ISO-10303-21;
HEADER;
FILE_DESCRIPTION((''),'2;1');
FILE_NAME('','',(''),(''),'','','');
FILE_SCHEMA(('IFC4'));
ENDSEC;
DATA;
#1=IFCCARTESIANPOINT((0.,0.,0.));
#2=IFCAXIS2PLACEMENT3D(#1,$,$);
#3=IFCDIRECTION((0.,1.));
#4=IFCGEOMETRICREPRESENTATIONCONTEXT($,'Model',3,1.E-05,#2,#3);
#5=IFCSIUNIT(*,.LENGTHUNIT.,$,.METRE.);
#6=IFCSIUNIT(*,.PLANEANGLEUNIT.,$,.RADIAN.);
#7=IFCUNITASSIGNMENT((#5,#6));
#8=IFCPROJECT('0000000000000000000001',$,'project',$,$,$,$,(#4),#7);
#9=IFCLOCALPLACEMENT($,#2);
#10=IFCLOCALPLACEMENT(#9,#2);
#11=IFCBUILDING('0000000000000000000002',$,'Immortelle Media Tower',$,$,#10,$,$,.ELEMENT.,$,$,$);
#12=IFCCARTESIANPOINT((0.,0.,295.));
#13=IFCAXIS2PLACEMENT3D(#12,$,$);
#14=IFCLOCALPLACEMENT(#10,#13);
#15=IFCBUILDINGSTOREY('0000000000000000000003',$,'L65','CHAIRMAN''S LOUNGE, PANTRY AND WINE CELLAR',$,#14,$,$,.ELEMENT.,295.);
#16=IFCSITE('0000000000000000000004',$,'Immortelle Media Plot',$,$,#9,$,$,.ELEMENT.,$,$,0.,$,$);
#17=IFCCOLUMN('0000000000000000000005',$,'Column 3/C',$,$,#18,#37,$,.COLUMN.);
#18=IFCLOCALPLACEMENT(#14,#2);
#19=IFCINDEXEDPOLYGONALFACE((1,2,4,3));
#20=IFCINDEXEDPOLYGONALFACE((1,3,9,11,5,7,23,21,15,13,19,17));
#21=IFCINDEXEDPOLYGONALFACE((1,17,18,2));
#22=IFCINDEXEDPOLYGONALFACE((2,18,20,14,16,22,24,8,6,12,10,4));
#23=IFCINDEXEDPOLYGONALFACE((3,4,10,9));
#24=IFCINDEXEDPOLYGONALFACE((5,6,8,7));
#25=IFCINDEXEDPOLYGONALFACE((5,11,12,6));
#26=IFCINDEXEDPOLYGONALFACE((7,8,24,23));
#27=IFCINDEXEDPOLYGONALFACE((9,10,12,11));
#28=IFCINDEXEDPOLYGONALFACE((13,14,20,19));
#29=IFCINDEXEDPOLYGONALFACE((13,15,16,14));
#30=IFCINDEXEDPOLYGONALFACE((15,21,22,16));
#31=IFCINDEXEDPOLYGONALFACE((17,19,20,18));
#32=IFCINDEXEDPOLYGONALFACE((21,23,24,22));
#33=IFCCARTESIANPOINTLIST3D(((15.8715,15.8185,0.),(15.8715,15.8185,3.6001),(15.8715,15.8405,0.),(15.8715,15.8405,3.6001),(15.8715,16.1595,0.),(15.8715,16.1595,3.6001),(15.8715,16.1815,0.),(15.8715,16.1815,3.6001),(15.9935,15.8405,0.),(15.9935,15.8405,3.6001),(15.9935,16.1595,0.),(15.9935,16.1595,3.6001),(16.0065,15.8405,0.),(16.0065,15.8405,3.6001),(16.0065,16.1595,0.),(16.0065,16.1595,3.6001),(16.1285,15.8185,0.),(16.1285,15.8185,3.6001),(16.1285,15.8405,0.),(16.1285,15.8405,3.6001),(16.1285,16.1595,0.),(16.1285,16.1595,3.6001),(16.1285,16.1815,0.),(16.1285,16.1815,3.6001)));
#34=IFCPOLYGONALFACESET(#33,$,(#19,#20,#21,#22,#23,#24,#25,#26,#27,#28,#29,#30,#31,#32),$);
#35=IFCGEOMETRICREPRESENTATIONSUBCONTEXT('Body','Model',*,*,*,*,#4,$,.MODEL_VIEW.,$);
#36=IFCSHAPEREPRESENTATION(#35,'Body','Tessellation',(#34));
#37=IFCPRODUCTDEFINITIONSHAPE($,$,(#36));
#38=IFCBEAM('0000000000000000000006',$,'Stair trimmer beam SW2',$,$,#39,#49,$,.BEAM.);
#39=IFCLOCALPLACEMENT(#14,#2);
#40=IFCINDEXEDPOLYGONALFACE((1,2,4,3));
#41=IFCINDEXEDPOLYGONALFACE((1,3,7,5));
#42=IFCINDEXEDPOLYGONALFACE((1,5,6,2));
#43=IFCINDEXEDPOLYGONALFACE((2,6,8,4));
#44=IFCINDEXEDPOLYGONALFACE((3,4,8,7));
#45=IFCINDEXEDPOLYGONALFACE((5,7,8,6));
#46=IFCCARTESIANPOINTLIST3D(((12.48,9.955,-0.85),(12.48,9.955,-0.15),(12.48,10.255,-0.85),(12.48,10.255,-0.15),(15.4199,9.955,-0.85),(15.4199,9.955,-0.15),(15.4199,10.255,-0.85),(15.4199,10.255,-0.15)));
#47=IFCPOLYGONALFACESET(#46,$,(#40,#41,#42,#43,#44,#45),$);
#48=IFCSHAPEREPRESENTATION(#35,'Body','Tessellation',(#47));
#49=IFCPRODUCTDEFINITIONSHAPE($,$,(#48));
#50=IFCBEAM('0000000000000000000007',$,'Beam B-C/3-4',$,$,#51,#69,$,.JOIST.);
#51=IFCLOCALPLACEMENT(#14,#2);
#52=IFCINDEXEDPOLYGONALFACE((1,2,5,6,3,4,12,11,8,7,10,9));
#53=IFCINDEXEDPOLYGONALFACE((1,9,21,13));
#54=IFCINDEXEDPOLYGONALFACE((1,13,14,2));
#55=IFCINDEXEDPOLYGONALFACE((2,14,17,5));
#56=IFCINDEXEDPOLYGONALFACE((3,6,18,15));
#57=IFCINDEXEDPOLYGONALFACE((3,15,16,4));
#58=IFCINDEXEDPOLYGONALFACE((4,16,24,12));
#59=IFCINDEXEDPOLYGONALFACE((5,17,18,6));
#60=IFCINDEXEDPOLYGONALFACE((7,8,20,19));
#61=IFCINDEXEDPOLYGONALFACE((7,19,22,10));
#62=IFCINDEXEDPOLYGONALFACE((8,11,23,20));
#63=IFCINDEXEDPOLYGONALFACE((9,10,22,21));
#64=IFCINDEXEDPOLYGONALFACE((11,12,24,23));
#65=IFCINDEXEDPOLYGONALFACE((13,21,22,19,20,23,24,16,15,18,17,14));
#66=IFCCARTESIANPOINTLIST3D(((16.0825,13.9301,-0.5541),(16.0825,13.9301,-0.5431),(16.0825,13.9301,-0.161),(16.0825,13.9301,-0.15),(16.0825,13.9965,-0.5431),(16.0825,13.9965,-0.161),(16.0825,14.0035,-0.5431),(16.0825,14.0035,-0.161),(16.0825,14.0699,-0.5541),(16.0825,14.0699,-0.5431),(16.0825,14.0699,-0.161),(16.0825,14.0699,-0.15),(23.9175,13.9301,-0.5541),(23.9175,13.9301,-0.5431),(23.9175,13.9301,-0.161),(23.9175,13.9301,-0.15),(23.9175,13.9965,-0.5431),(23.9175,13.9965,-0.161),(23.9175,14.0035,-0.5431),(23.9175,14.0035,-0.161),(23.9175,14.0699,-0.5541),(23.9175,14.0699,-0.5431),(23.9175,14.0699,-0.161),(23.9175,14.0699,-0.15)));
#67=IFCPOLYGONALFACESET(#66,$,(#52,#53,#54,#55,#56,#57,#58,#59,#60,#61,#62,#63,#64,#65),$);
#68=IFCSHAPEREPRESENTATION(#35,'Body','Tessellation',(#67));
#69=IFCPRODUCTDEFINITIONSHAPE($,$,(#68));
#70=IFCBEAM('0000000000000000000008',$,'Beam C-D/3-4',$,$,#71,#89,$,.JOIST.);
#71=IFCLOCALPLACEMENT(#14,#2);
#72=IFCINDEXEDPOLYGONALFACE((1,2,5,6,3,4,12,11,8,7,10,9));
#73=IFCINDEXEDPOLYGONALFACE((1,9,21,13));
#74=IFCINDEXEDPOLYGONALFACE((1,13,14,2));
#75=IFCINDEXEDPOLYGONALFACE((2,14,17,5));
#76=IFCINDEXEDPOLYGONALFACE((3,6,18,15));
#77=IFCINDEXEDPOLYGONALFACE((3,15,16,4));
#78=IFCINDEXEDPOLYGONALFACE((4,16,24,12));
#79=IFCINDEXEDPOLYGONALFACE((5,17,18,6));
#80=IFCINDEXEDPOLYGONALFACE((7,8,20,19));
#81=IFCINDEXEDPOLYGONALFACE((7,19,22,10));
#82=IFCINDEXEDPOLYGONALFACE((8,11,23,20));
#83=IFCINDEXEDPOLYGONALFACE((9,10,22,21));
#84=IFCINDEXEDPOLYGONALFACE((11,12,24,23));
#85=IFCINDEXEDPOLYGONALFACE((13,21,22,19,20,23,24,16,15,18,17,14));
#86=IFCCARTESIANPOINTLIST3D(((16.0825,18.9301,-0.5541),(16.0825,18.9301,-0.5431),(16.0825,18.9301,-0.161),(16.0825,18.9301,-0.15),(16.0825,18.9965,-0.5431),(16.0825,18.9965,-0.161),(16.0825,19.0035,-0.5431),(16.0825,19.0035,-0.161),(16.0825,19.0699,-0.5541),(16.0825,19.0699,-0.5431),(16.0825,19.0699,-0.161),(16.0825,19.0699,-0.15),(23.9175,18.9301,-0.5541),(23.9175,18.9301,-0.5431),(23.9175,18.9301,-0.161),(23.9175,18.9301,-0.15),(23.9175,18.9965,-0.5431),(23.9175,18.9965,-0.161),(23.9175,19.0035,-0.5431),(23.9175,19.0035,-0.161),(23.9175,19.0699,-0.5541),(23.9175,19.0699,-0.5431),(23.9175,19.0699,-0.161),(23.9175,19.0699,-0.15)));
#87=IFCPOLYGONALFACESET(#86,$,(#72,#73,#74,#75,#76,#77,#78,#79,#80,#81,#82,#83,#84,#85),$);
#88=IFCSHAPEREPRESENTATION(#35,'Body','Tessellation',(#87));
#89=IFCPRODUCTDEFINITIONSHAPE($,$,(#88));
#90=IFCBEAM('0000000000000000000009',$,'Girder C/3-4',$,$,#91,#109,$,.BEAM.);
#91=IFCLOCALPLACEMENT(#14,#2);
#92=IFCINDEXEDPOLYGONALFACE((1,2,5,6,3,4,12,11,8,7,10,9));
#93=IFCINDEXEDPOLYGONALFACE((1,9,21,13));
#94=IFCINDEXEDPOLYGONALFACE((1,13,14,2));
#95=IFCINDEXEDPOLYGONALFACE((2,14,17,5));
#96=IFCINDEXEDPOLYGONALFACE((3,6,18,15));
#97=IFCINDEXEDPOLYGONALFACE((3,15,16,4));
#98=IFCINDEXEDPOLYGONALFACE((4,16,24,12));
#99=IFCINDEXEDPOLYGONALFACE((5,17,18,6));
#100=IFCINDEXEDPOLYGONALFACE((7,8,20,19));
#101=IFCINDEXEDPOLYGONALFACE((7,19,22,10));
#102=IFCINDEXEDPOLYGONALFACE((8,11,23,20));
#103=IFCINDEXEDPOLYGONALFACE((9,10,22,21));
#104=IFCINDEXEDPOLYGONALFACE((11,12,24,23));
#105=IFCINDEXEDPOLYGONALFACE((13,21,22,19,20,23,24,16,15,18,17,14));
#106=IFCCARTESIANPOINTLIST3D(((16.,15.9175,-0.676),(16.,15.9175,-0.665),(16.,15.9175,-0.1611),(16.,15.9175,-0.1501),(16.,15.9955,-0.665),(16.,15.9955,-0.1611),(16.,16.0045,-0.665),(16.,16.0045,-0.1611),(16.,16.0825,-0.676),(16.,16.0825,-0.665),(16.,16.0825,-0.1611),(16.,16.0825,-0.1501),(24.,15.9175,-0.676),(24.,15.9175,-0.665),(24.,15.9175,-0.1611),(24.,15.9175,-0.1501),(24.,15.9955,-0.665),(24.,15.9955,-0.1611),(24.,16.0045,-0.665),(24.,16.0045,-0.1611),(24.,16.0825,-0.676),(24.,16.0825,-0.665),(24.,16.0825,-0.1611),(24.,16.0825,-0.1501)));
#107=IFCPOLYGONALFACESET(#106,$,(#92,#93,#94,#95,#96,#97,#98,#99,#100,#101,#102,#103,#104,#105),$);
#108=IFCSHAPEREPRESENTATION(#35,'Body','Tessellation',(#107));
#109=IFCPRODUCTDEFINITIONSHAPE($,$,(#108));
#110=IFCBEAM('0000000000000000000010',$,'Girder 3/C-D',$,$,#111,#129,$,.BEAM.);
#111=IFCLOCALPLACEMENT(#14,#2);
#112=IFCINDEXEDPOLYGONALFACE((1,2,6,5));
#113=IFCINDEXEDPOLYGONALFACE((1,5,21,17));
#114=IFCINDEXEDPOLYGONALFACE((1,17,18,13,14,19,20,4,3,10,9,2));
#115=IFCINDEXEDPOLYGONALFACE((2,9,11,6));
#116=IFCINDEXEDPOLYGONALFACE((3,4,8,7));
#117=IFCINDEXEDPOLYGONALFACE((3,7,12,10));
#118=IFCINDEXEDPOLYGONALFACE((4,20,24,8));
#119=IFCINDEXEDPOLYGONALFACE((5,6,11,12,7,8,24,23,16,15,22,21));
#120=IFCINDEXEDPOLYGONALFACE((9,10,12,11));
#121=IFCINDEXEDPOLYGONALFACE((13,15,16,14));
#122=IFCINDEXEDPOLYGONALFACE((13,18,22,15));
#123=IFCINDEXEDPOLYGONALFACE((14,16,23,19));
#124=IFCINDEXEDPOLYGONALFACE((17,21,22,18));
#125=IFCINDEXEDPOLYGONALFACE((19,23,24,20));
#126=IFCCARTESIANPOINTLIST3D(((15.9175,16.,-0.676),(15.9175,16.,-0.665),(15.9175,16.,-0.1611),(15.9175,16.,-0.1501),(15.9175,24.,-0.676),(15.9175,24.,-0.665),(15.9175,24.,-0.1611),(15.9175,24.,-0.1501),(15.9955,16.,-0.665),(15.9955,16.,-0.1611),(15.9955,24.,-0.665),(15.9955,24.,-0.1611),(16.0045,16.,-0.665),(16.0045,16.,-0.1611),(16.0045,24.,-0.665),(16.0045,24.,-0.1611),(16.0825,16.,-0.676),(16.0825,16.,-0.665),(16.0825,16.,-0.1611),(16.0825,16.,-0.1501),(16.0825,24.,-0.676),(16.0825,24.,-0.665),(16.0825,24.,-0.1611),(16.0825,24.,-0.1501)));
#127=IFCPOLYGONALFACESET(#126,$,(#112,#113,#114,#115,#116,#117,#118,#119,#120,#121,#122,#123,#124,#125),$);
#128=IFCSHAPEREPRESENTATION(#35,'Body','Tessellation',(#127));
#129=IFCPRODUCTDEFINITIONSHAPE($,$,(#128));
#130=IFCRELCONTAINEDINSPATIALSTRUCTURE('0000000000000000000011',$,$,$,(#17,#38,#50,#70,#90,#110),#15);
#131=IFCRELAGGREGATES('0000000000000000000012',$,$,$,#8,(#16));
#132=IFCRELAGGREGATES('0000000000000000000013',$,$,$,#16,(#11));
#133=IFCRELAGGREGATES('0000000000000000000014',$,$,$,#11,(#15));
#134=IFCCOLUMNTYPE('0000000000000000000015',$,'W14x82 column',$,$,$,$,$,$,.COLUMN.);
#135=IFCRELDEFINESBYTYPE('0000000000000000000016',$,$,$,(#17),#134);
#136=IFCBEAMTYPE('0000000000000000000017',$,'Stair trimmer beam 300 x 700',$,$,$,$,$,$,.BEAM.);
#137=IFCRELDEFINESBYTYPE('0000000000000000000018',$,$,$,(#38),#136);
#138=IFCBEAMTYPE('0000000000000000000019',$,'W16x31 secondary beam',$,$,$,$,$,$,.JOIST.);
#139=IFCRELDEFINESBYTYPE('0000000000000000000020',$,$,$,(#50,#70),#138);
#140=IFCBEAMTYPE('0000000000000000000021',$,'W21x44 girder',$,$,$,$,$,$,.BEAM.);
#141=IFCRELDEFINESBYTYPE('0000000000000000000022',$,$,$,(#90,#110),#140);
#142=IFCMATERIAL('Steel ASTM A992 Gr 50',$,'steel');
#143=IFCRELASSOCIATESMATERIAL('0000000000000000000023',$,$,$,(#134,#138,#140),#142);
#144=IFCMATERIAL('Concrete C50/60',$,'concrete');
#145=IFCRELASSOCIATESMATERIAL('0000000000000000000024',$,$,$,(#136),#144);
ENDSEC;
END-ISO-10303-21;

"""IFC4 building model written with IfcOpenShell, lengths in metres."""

from ifc_helpers import new_model, si_unit, direction, frame, origin, origin_2d, place, context, subcontext, project, spatial, rectangle, i_section, extrude, material, material_profile, profile_set, type_object, element, save


model = new_model("IFC4")

# Units and contexts
model_context = context("Model", 3, precision=1e-05, world=origin(), true_north=direction((0.0, 1.0)))
body_context = subcontext(model_context, "Body", "Model", "MODEL_VIEW")
ifc_project = project(units=[si_unit("LENGTHUNIT", "METRE"), si_unit("PLANEANGLEUNIT", "RADIAN")], contexts=[model_context])

# Site, building, storey
site_placement = place(None, origin())
site = spatial("IfcSite", under=ifc_project, at=site_placement, Name="Immortelle Media Plot", CompositionType="ELEMENT", RefElevation=0.0)
building_placement = place(site_placement, origin())
building = spatial("IfcBuilding", under=site, at=building_placement, Name="Immortelle Media Tower", CompositionType="ELEMENT")
storey_placement = place(building_placement, frame((0.0, 0.0, 295.0)))
storey = spatial("IfcBuildingStorey", under=building, at=storey_placement, Name="L65", Description="CHAIRMAN'S LOUNGE, PANTRY AND WINE CELLAR", CompositionType="ELEMENT", Elevation=295.0)

# Column
ifc_material_1 = material(Name="Steel ASTM A992 Gr 50", Category="steel")
ifc_material_profile_1 = material_profile(ifc_material_1, i_section(OverallWidth=0.2571, OverallDepth=0.363, WebThickness=0.0129, FlangeThickness=0.022, at=origin_2d()), Name="W14x82")
ifc_profile_set_1 = profile_set([ifc_material_profile_1], Name="Steel ASTM A992 Gr 50")
column_type = type_object("IfcColumnType", Name="W14x82 column", PredefinedType="COLUMN", material=ifc_profile_set_1)
column_placement = place(storey_placement, frame((16.0, 16.0, 0.0), z_axis=(0.0, 0.0, 1.0), x_axis=(1.0, 0.0, 0.0)))
element("IfcColumn", 1, at=column_placement, inside=storey, type_object=column_type, Name="Column 3/C", PredefinedType="COLUMN", context=body_context, shape_type="SweptSolid", body=[
    extrude(i_section(OverallWidth=0.2571, OverallDepth=0.363, WebThickness=0.0129, FlangeThickness=0.022, at=origin_2d()), origin(), (0.0, 0.0, 1.0), 3.6001),
])

# Beams
ifc_material_2 = material(Name="Concrete C50/60", Category="concrete")
ifc_material_profile_2 = material_profile(ifc_material_2, rectangle(XDim=0.3, YDim=0.7, at=origin_2d()), Name="RC 300x700")
ifc_profile_set_2 = profile_set([ifc_material_profile_2], Name="Concrete C50/60")
beam_type_1 = type_object("IfcBeamType", Name="Stair trimmer beam 300 x 700", PredefinedType="BEAM", material=ifc_profile_set_2)
beam_placement = place(storey_placement, frame((12.48, 10.105, -0.5), z_axis=(1.0, 0.0, 0.0), x_axis=(0.0, 1.0, 0.0)))
element("IfcBeam", 2, at=beam_placement, inside=storey, type_object=beam_type_1, Name="Stair trimmer beam SW2", PredefinedType="BEAM", context=body_context, shape_type="SweptSolid", body=[
    extrude(rectangle(XDim=0.3, YDim=0.7, at=origin_2d()), origin(), (0.0, 0.0, 1.0), 2.9399),
])
ifc_material_profile_3 = material_profile(ifc_material_1, i_section(OverallWidth=0.1399, OverallDepth=0.4041, WebThickness=0.0071, FlangeThickness=0.011, at=origin_2d()), Name="W16x31")
ifc_profile_set_3 = profile_set([ifc_material_profile_3], Name="Steel ASTM A992 Gr 50")
beam_type_2 = type_object("IfcBeamType", Name="W16x31 secondary beam", PredefinedType="JOIST", material=ifc_profile_set_3)
for number, where, z_axis, x_axis, name in (
    (3, (16.0825, 14.0, -0.3521), (1.0, 0.0, 0.0), (0.0, 1.0, 0.0), "Beam B-C/3-4"),
    (4, (16.0825, 19.0, -0.3521), (1.0, 0.0, 0.0), (0.0, 1.0, 0.0), "Beam C-D/3-4"),
):
    element("IfcBeam", number, at=place(storey_placement, frame(where, z_axis=z_axis, x_axis=x_axis)), inside=storey, type_object=beam_type_2, Name=name, PredefinedType="JOIST", context=body_context, shape_type="SweptSolid", body=[
        extrude(i_section(OverallWidth=0.1399, OverallDepth=0.4041, WebThickness=0.0071, FlangeThickness=0.011, at=origin_2d()), origin(), (0.0, 0.0, 1.0), 7.835),
    ])
ifc_material_profile_4 = material_profile(ifc_material_1, i_section(OverallWidth=0.165, OverallDepth=0.5259, WebThickness=0.009, FlangeThickness=0.011, at=origin_2d()), Name="W21x44")
ifc_profile_set_4 = profile_set([ifc_material_profile_4], Name="Steel ASTM A992 Gr 50")
beam_type_3 = type_object("IfcBeamType", Name="W21x44 girder", PredefinedType="BEAM", material=ifc_profile_set_4)
for number, where, z_axis, x_axis, name in (
    (5, (16.0, 16.0, -0.4131), (1.0, 0.0, 0.0), (0.0, 1.0, 0.0), "Girder C/3-4"),
    (6, (16.0, 16.0, -0.4131), (0.0, 1.0, 0.0), (-1.0, 0.0, 0.0), "Girder 3/C-D"),
):
    element("IfcBeam", number, at=place(storey_placement, frame(where, z_axis=z_axis, x_axis=x_axis)), inside=storey, type_object=beam_type_3, Name=name, PredefinedType="BEAM", context=body_context, shape_type="SweptSolid", body=[
        extrude(i_section(OverallWidth=0.165, OverallDepth=0.5259, WebThickness=0.009, FlangeThickness=0.011, at=origin_2d()), origin(), (0.0, 0.0, 1.0), 8.0),
    ])

save(model, "model.ifc")
